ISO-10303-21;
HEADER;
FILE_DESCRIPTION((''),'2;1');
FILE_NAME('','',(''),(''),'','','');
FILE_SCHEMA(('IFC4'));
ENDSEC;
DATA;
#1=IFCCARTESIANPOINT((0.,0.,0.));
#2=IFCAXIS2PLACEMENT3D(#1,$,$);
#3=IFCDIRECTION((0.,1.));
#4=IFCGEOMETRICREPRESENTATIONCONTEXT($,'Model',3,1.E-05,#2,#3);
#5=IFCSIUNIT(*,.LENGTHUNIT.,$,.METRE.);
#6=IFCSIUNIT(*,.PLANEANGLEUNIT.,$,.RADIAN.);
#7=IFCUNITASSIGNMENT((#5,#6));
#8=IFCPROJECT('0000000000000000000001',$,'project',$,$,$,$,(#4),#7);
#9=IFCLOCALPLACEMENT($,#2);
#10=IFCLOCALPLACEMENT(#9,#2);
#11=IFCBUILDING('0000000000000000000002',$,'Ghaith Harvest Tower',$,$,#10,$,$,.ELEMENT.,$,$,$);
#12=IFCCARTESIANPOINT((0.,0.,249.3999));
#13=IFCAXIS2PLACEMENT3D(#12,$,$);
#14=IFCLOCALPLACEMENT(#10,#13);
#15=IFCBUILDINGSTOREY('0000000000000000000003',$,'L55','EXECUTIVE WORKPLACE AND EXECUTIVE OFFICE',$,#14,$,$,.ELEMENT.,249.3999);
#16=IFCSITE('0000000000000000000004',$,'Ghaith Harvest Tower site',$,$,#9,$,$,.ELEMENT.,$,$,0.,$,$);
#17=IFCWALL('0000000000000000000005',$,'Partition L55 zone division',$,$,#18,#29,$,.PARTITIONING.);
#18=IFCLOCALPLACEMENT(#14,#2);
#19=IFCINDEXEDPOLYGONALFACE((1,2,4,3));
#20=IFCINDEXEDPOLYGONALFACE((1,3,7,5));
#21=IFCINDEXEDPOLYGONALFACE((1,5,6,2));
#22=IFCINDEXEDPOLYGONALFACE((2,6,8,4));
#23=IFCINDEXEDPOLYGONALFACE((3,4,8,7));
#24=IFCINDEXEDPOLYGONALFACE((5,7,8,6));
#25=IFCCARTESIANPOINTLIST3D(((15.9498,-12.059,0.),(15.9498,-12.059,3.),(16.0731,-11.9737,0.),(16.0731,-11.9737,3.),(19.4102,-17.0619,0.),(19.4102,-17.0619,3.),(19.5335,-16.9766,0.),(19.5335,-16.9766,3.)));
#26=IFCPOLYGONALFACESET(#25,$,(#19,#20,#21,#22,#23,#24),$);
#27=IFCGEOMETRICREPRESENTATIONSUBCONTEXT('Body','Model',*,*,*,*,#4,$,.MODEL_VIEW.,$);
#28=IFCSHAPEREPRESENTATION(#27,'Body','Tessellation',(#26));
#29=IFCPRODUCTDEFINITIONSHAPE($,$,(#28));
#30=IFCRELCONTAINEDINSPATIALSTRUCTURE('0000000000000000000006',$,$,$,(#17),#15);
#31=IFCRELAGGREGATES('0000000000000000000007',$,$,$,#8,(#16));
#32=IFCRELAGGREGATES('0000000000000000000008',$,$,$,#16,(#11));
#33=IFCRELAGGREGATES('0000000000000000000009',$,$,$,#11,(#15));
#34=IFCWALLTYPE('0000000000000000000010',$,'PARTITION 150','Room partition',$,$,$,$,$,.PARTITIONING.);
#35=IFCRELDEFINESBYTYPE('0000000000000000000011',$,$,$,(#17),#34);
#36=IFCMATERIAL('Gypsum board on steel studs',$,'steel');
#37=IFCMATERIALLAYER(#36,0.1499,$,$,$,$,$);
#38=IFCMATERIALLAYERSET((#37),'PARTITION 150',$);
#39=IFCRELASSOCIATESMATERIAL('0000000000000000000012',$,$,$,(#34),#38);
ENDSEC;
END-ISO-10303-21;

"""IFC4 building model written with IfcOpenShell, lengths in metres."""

from ifc_helpers import new_model, si_unit, direction, frame, frame_2d, origin, place, context, subcontext, project, spatial, rectangle, extrude, material, layer, layer_set, type_object, element, save


model = new_model("IFC4")

# Units and contexts
model_context = context("Model", 3, precision=1e-05, world=origin(), true_north=direction((0.0, 1.0)))
body_context = subcontext(model_context, "Body", "Model", "MODEL_VIEW")
ifc_project = project(units=[si_unit("LENGTHUNIT", "METRE"), si_unit("PLANEANGLEUNIT", "RADIAN")], contexts=[model_context])

# Site, building, storey
site_placement = place(None, origin())
site = spatial("IfcSite", under=ifc_project, at=site_placement, Name="Ghaith Harvest Tower site", CompositionType="ELEMENT", RefElevation=0.0)
building_placement = place(site_placement, origin())
building = spatial("IfcBuilding", under=site, at=building_placement, Name="Ghaith Harvest Tower", CompositionType="ELEMENT")
storey_placement = place(building_placement, frame((0.0, 0.0, 249.3999)))
storey = spatial("IfcBuildingStorey", under=building, at=storey_placement, Name="L55", Description="EXECUTIVE WORKPLACE AND EXECUTIVE OFFICE", CompositionType="ELEMENT", Elevation=249.3999)

# Shared definitions
ifc_material_1 = material(Name="Gypsum board on steel studs", Category="steel")
ifc_layer_1 = layer(ifc_material_1, 0.1499)
ifc_layer_set_1 = layer_set([ifc_layer_1], Name="PARTITION 150")
wall_type = type_object("IfcWallType", Name="PARTITION 150", Description="Room partition", PredefinedType="PARTITIONING", material=ifc_layer_set_1)

# Wall
wall_1_placement = place(storey_placement, frame((16.0115, -12.0164, 0.0), z_axis=(0.0, 0.0, 1.0), x_axis=(0.568863, -0.822432, 0.0)))
element("IfcWall", 1, at=wall_1_placement, inside=storey, type_object=wall_type, Name="Partition L55 zone division", PredefinedType="PARTITIONING", context=body_context, shape_type="SweptSolid", body=[
    extrude(rectangle(XDim=6.083, YDim=0.1499, at=frame_2d((3.0415, 0.0))), origin(), (0.0, 0.0, 1.0), 3.0),
])

save(model, "model.ifc")
